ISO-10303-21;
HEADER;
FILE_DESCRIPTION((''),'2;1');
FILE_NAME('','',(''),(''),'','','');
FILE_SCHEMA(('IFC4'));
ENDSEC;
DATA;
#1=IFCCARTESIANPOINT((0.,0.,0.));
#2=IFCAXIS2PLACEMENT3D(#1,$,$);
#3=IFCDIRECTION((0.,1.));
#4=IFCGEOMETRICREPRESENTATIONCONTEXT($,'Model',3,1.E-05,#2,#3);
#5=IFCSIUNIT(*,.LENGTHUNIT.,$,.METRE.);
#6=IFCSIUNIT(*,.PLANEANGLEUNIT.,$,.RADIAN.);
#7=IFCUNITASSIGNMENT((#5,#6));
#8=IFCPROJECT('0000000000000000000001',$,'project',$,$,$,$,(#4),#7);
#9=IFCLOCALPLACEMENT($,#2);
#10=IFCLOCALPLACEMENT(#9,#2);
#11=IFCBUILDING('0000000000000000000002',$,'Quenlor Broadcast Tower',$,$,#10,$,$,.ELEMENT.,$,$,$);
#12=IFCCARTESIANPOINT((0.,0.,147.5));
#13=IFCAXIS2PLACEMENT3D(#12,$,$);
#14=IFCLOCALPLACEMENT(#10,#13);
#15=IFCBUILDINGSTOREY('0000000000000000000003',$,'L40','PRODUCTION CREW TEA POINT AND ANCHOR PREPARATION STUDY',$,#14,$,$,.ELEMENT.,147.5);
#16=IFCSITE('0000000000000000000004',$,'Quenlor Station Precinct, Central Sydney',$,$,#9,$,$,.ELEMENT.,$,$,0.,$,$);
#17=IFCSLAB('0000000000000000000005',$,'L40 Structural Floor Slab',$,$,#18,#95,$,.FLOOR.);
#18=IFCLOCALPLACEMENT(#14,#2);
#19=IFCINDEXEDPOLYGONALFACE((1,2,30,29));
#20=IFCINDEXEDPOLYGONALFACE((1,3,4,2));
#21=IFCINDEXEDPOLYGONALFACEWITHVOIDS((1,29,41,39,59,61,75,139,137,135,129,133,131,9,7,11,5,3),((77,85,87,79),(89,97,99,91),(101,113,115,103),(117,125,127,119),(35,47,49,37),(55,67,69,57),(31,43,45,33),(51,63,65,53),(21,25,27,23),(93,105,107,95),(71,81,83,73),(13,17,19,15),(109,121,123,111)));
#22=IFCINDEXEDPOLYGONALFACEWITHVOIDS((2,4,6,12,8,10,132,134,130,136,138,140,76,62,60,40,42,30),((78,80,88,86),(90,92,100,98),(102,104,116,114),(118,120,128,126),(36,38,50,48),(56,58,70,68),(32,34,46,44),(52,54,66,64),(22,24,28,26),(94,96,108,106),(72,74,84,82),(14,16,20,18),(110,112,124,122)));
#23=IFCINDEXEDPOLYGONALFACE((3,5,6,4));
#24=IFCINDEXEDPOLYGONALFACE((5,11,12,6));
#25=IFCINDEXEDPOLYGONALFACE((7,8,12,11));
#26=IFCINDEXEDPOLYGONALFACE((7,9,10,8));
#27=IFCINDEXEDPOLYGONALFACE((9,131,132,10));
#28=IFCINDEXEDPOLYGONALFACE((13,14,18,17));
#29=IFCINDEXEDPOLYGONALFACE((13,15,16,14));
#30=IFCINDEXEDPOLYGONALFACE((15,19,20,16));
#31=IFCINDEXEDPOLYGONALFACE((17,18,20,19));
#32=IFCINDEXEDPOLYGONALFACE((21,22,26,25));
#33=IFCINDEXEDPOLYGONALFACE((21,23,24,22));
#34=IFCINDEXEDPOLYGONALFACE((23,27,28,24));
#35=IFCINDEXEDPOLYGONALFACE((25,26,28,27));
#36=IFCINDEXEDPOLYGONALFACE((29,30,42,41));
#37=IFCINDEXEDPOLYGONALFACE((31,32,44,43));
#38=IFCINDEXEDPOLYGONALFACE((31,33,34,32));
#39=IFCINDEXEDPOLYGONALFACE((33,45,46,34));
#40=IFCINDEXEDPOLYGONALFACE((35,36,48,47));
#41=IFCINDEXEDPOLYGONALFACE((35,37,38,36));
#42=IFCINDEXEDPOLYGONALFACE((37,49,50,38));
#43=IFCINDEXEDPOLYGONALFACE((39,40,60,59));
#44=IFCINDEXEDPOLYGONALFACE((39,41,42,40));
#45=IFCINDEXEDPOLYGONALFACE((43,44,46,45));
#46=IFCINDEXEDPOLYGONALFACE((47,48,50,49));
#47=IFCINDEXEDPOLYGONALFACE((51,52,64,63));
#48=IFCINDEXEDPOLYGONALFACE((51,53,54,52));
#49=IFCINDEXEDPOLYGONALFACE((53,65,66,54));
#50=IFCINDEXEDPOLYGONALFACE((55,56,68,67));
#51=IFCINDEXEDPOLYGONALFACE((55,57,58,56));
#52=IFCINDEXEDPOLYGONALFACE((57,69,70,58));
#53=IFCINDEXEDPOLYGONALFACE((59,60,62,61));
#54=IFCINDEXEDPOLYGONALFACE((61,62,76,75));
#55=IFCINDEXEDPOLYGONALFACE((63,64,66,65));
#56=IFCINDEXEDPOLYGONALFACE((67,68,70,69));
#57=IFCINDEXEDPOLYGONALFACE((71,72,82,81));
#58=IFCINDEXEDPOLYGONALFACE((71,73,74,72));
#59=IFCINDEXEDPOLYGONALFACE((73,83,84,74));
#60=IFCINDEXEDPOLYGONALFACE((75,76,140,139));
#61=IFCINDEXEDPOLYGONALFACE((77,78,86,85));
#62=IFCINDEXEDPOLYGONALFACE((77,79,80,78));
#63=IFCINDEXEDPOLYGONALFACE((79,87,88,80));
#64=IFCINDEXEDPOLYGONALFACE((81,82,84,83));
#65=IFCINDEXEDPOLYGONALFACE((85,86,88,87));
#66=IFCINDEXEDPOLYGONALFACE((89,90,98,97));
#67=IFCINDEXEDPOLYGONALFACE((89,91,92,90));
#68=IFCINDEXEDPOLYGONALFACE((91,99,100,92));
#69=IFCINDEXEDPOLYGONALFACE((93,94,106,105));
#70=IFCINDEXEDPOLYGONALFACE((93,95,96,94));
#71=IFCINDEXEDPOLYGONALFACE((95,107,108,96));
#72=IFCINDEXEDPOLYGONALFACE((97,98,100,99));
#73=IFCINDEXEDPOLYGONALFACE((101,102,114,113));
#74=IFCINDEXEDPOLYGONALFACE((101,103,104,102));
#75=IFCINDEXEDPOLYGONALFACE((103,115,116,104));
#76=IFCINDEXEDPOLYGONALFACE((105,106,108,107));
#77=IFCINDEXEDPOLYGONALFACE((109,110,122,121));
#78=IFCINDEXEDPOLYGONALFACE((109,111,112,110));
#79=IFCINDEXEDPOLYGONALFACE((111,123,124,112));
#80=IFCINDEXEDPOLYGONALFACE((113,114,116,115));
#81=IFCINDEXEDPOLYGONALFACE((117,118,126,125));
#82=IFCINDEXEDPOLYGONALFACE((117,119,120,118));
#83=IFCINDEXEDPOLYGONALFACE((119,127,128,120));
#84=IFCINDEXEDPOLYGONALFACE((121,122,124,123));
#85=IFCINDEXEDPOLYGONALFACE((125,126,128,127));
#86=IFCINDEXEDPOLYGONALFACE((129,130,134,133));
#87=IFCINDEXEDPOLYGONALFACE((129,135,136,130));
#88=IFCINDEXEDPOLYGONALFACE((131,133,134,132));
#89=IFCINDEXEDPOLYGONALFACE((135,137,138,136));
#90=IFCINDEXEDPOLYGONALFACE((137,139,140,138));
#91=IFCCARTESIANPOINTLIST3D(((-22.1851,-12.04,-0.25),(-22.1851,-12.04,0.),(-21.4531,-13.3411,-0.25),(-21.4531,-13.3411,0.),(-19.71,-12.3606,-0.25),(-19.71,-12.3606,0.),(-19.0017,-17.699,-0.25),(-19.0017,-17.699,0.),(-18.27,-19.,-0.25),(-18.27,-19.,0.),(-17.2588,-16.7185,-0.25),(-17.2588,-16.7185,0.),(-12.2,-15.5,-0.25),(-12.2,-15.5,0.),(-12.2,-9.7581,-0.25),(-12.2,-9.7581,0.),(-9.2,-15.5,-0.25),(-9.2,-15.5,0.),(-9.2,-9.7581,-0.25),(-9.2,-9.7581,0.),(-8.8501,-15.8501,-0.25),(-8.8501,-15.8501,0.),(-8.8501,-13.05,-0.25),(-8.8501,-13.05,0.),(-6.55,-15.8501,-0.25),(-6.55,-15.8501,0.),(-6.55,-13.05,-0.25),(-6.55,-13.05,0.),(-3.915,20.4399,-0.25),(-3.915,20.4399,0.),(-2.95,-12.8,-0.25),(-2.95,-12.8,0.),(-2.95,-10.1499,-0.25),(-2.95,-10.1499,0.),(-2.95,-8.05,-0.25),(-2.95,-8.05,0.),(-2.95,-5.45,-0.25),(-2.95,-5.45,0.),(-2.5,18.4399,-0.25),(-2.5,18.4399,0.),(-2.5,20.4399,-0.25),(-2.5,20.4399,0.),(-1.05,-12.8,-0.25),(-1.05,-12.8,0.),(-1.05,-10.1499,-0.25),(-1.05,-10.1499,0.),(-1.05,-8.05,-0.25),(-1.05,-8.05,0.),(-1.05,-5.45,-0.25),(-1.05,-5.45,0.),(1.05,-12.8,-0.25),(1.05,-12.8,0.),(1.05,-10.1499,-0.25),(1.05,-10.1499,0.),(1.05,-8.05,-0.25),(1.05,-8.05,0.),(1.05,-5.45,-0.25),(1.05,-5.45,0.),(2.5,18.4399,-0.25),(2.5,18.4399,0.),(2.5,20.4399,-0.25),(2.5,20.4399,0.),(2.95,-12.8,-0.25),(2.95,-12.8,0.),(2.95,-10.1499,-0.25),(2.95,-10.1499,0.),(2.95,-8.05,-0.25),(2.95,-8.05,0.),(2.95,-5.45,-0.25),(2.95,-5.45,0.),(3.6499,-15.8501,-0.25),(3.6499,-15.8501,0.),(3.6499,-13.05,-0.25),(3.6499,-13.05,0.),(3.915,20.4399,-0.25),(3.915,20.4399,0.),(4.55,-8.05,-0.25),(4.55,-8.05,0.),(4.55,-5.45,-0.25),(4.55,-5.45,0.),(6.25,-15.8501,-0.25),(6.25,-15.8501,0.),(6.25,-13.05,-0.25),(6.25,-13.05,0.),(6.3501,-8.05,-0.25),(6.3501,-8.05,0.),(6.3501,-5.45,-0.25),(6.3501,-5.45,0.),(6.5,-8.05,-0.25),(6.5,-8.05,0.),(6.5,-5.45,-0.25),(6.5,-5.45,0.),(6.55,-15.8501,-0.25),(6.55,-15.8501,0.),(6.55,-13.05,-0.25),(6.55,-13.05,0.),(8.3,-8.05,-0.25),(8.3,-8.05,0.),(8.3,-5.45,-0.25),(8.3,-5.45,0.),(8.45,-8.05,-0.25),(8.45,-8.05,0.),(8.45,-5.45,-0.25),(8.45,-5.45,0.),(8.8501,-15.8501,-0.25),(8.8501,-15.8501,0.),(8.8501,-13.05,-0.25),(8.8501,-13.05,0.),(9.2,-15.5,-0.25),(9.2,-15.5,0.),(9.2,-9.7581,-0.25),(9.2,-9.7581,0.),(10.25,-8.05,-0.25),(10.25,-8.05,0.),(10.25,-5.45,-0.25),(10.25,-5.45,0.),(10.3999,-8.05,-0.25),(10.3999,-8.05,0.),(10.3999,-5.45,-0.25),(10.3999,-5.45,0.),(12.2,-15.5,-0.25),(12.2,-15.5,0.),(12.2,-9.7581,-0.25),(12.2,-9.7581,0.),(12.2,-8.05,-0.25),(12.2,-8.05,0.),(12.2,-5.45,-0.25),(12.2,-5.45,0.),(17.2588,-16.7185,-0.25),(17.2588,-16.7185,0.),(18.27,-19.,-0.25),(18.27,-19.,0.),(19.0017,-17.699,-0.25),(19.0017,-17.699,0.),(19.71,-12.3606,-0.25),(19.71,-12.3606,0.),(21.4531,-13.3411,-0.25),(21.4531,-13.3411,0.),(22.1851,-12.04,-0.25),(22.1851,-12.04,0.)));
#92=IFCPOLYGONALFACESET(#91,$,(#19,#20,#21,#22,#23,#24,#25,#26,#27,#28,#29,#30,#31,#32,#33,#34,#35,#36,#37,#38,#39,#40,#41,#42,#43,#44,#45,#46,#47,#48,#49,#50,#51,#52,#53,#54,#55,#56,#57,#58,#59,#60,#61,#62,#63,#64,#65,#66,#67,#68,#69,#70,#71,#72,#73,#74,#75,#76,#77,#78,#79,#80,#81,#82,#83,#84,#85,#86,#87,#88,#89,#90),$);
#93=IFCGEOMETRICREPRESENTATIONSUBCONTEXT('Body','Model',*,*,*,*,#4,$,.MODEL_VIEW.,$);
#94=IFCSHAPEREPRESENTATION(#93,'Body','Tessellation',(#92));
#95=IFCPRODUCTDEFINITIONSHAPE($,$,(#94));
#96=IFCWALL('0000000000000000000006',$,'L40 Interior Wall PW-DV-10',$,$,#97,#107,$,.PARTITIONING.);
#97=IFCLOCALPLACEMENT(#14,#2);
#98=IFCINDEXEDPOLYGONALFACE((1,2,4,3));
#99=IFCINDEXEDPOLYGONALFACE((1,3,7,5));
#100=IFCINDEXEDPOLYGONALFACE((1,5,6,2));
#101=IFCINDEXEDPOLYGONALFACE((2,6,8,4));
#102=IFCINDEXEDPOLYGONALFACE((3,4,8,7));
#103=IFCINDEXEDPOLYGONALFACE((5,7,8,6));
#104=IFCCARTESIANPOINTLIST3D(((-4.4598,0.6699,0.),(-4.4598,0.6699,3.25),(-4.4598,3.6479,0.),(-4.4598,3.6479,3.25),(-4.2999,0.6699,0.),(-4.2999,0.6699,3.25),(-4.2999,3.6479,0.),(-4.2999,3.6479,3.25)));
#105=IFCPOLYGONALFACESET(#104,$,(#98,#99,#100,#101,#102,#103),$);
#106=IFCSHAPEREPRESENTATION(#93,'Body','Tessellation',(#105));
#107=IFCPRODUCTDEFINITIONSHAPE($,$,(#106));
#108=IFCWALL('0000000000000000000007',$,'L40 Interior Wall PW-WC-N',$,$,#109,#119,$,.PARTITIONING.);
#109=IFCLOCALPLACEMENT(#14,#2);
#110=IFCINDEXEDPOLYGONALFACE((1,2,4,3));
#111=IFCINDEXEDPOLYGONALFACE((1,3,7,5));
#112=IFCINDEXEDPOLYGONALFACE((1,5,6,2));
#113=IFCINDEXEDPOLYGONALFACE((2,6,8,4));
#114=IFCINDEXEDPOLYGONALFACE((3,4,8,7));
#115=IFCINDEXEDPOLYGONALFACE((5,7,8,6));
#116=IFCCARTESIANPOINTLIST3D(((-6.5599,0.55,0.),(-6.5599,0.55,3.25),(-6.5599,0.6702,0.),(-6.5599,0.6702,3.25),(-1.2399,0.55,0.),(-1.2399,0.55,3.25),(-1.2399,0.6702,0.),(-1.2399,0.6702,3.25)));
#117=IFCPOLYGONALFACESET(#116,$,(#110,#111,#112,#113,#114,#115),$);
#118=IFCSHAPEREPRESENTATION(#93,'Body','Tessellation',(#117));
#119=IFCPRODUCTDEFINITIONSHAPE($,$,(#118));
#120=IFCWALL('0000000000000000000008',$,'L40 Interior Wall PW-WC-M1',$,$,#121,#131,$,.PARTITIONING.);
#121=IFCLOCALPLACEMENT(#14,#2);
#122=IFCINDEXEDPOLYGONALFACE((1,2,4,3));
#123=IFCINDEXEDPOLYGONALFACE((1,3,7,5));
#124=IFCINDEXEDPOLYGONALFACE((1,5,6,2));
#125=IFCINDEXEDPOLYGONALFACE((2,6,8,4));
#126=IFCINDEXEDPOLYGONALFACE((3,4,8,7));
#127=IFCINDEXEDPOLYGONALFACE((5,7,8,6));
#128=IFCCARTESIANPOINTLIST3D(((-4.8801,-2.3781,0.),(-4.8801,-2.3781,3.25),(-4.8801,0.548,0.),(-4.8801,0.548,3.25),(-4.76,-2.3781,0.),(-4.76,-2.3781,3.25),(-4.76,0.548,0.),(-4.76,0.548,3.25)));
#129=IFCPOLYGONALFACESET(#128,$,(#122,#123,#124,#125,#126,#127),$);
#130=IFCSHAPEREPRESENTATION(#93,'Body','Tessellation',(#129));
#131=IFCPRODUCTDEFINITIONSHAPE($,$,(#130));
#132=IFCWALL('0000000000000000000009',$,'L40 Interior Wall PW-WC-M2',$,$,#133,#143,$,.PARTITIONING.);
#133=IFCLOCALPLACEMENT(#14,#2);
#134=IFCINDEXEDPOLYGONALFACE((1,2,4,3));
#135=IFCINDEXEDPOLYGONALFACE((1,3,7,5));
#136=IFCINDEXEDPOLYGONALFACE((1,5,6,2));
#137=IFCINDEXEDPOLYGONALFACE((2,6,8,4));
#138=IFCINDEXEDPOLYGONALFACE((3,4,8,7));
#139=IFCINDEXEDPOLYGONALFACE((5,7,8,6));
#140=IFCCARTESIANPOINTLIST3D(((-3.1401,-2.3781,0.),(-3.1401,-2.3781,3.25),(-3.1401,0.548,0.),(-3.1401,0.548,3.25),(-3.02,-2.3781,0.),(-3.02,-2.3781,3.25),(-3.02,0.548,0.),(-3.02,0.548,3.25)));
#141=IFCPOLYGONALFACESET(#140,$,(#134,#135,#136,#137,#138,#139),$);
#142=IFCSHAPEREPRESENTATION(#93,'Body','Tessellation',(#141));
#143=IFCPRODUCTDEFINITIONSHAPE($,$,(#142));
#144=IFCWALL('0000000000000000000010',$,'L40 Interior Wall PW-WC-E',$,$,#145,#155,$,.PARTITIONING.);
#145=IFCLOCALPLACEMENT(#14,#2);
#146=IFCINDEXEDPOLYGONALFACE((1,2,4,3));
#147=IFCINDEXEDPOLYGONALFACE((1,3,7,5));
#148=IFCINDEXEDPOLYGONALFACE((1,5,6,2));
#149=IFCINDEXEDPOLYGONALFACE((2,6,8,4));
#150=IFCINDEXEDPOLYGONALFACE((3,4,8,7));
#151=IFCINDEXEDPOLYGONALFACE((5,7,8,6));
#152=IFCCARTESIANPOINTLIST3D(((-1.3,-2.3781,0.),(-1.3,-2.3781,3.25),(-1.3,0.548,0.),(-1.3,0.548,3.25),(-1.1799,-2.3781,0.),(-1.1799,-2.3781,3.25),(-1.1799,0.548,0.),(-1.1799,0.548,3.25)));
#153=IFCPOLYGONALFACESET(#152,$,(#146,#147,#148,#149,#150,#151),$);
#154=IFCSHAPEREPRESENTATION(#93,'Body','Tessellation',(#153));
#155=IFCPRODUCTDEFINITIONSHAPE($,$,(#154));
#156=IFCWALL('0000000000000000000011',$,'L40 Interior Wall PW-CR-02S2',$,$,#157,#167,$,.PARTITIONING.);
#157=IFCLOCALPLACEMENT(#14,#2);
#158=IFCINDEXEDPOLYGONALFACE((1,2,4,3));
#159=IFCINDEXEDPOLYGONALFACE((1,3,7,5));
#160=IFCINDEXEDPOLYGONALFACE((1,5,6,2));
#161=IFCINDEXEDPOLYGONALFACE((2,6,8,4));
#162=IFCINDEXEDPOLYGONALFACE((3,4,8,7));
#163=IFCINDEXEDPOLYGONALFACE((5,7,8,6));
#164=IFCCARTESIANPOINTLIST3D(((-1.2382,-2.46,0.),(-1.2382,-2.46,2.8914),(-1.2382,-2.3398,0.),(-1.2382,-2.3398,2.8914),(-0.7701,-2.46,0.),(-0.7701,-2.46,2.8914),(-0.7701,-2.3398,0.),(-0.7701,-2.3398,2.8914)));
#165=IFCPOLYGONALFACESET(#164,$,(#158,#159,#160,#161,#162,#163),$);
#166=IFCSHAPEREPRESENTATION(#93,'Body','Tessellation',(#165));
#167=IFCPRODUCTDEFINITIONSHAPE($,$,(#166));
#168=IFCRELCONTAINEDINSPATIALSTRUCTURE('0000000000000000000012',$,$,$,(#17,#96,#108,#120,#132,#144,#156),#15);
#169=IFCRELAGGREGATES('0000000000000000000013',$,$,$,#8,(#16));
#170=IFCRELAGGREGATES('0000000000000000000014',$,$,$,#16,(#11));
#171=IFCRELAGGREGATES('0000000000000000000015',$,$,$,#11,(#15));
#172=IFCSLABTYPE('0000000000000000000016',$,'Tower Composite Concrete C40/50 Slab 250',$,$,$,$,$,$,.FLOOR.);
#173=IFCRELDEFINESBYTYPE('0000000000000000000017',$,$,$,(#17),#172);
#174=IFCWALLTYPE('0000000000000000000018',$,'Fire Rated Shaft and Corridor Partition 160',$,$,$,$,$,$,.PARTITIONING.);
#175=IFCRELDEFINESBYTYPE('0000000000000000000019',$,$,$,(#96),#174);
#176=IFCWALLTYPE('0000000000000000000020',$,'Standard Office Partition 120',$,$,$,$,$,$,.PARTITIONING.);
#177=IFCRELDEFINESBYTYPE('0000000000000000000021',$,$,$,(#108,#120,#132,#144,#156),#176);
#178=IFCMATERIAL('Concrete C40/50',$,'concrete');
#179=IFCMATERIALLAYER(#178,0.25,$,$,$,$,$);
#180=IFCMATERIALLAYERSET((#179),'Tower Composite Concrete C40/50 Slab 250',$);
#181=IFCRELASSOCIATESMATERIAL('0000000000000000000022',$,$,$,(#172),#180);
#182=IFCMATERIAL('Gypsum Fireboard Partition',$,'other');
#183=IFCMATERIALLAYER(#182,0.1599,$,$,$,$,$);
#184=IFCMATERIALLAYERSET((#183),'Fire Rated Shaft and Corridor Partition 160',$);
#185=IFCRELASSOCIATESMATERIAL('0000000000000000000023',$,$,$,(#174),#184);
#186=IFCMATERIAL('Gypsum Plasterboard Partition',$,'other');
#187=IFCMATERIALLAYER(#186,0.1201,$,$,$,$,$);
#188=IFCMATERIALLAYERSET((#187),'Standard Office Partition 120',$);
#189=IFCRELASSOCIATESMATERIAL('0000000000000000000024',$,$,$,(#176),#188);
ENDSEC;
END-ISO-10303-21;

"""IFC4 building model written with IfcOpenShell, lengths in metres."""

from ifc_helpers import new_model, si_unit, direction, frame, frame_2d, origin, place, context, subcontext, project, spatial, polyline, rectangle, outline, extrude, material, layer, layer_set, type_object, element, save


model = new_model("IFC4")

# Units and contexts
model_context = context("Model", 3, precision=1e-05, world=origin(), true_north=direction((0.0, 1.0)))
body_context = subcontext(model_context, "Body", "Model", "MODEL_VIEW")
ifc_project = project(units=[si_unit("LENGTHUNIT", "METRE"), si_unit("PLANEANGLEUNIT", "RADIAN")], contexts=[model_context])

# Site, building, storey
site_placement = place(None, origin())
site = spatial("IfcSite", under=ifc_project, at=site_placement, Name="Quenlor Station Precinct, Central Sydney", CompositionType="ELEMENT", RefElevation=0.0)
building_placement = place(site_placement, origin())
building = spatial("IfcBuilding", under=site, at=building_placement, Name="Quenlor Broadcast Tower", CompositionType="ELEMENT")
storey_placement = place(building_placement, frame((0.0, 0.0, 147.5)))
storey = spatial("IfcBuildingStorey", under=building, at=storey_placement, Name="L40", Description="PRODUCTION CREW TEA POINT AND ANCHOR PREPARATION STUDY", CompositionType="ELEMENT", Elevation=147.5)

# Slab
ifc_material_1 = material(Name="Concrete C40/50", Category="concrete")
ifc_layer_1 = layer(ifc_material_1, 0.25)
ifc_layer_set_1 = layer_set([ifc_layer_1], Name="Tower Composite Concrete C40/50 Slab 250")
slab_type = type_object("IfcSlabType", Name="Tower Composite Concrete C40/50 Slab 250", PredefinedType="FLOOR", material=ifc_layer_set_1)
slab_placement = place(storey_placement, frame((0.0, 0.0, -0.25)))
element("IfcSlab", 1, at=slab_placement, inside=storey, type_object=slab_type, Name="L40 Structural Floor Slab", PredefinedType="FLOOR", context=body_context, shape_type="SweptSolid", body=[
    extrude(outline(polyline([(18.27, -19.0), (19.0017, -17.699), (17.2588, -16.7185), (19.71, -12.3606), (21.4531, -13.3411), (22.1851, -12.04), (3.915, 20.4399), (2.5, 20.4399), (2.5, 18.4399), (-2.5, 18.4399), (-2.5, 20.4399), (-3.915, 20.4399), (-22.1851, -12.04), (-21.4531, -13.3411), (-19.71, -12.3606), (-17.2588, -16.7185), (-19.0017, -17.699), (-18.27, -19.0), (18.27, -19.0)]), holes=[polyline([(-12.2, -9.7581), (-12.2, -15.5), (-9.2, -15.5), (-9.2, -9.7581), (-12.2, -9.7581)]), polyline([(9.2, -9.7581), (9.2, -15.5), (12.2, -15.5), (12.2, -9.7581), (9.2, -9.7581)]), polyline([(-2.95, -8.05), (-1.05, -8.05), (-1.05, -5.45), (-2.95, -5.45), (-2.95, -8.05)]), polyline([(1.05, -8.05), (2.95, -8.05), (2.95, -5.45), (1.05, -5.45), (1.05, -8.05)]), polyline([(-2.95, -12.8), (-1.05, -12.8), (-1.05, -10.1499), (-2.95, -10.1499), (-2.95, -12.8)]), polyline([(1.05, -12.8), (2.95, -12.8), (2.95, -10.1499), (1.05, -10.1499), (1.05, -12.8)]), polyline([(4.55, -8.05), (6.3501, -8.05), (6.3501, -5.45), (4.55, -5.45), (4.55, -8.05)]), polyline([(6.5, -8.05), (8.3, -8.05), (8.3, -5.45), (6.5, -5.45), (6.5, -8.05)]), polyline([(8.45, -8.05), (10.25, -8.05), (10.25, -5.45), (8.45, -5.45), (8.45, -8.05)]), polyline([(10.3999, -8.05), (12.2, -8.05), (12.2, -5.45), (10.3999, -5.45), (10.3999, -8.05)]), polyline([(-8.8501, -15.8501), (-6.55, -15.8501), (-6.55, -13.05), (-8.8501, -13.05), (-8.8501, -15.8501)]), polyline([(6.55, -15.8501), (8.8501, -15.8501), (8.8501, -13.05), (6.55, -13.05), (6.55, -15.8501)]), polyline([(3.6499, -15.8501), (6.25, -15.8501), (6.25, -13.05), (3.6499, -13.05), (3.6499, -15.8501)])]), origin(), (0.0, 0.0, 1.0), 0.25),
])

# Walls
ifc_material_2 = material(Name="Gypsum Fireboard Partition", Category="other")
ifc_layer_2 = layer(ifc_material_2, 0.1599)
ifc_layer_set_2 = layer_set([ifc_layer_2], Name="Fire Rated Shaft and Corridor Partition 160")
wall_type_1 = type_object("IfcWallType", Name="Fire Rated Shaft and Corridor Partition 160", PredefinedType="PARTITIONING", material=ifc_layer_set_2)
wall_1_placement = place(storey_placement, frame((-4.3799, 0.6699, 0.0), z_axis=(0.0, 0.0, 1.0), x_axis=(0.0, 1.0, 0.0)))
element("IfcWall", 2, at=wall_1_placement, inside=storey, type_object=wall_type_1, Name="L40 Interior Wall PW-DV-10", PredefinedType="PARTITIONING", context=body_context, shape_type="SweptSolid", body=[
    extrude(rectangle(XDim=2.978, YDim=0.1599, at=frame_2d((1.489, 0.0))), origin(), (0.0, 0.0, 1.0), 3.25),
])
ifc_material_3 = material(Name="Gypsum Plasterboard Partition", Category="other")
ifc_layer_3 = layer(ifc_material_3, 0.1201)
ifc_layer_set_3 = layer_set([ifc_layer_3], Name="Standard Office Partition 120")
wall_type_2 = type_object("IfcWallType", Name="Standard Office Partition 120", PredefinedType="PARTITIONING", material=ifc_layer_set_3)
wall_2_placement = place(storey_placement, frame((-6.5601, 0.6101, 0.0), z_axis=(0.0, 0.0, 1.0), x_axis=(1.0, 0.0, 0.0)))
element("IfcWall", 3, at=wall_2_placement, inside=storey, type_object=wall_type_2, Name="L40 Interior Wall PW-WC-N", PredefinedType="PARTITIONING", context=body_context, shape_type="SweptSolid", body=[
    extrude(rectangle(XDim=5.3201, YDim=0.1201, at=frame_2d((2.6602, 0.0))), origin(), (0.0, 0.0, 1.0), 3.25),
])
for number, where, z_axis, x_axis, name in (
    (4, (-4.8201, -2.3779, 0.0), (0.0, 0.0, 1.0), (0.0, 1.0, 0.0), "L40 Interior Wall PW-WC-M1"),
    (5, (-3.0801, -2.3779, 0.0), (0.0, 0.0, 1.0), (0.0, 1.0, 0.0), "L40 Interior Wall PW-WC-M2"),
    (6, (-1.24, -2.3779, 0.0), (0.0, 0.0, 1.0), (0.0, 1.0, 0.0), "L40 Interior Wall PW-WC-E"),
):
    element("IfcWall", number, at=place(storey_placement, frame(where, z_axis=z_axis, x_axis=x_axis)), inside=storey, type_object=wall_type_2, Name=name, PredefinedType="PARTITIONING", context=body_context, shape_type="SweptSolid", body=[
        extrude(rectangle(XDim=2.926, YDim=0.1201, at=frame_2d((1.4629, 0.0))), origin(), (0.0, 0.0, 1.0), 3.25),
    ])
wall_3_placement = place(storey_placement, frame((-1.238, -2.3999, 0.0), z_axis=(0.0, 0.0, 1.0), x_axis=(1.0, 0.0, 0.0)))
element("IfcWall", 7, at=wall_3_placement, inside=storey, type_object=wall_type_2, Name="L40 Interior Wall PW-CR-02S2", PredefinedType="PARTITIONING", context=body_context, shape_type="SweptSolid", body=[
    extrude(rectangle(XDim=0.468, YDim=0.1201, at=frame_2d((0.2339, 0.0))), origin(), (0.0, 0.0, 1.0), 2.8914),
])

save(model, "model.ifc")
